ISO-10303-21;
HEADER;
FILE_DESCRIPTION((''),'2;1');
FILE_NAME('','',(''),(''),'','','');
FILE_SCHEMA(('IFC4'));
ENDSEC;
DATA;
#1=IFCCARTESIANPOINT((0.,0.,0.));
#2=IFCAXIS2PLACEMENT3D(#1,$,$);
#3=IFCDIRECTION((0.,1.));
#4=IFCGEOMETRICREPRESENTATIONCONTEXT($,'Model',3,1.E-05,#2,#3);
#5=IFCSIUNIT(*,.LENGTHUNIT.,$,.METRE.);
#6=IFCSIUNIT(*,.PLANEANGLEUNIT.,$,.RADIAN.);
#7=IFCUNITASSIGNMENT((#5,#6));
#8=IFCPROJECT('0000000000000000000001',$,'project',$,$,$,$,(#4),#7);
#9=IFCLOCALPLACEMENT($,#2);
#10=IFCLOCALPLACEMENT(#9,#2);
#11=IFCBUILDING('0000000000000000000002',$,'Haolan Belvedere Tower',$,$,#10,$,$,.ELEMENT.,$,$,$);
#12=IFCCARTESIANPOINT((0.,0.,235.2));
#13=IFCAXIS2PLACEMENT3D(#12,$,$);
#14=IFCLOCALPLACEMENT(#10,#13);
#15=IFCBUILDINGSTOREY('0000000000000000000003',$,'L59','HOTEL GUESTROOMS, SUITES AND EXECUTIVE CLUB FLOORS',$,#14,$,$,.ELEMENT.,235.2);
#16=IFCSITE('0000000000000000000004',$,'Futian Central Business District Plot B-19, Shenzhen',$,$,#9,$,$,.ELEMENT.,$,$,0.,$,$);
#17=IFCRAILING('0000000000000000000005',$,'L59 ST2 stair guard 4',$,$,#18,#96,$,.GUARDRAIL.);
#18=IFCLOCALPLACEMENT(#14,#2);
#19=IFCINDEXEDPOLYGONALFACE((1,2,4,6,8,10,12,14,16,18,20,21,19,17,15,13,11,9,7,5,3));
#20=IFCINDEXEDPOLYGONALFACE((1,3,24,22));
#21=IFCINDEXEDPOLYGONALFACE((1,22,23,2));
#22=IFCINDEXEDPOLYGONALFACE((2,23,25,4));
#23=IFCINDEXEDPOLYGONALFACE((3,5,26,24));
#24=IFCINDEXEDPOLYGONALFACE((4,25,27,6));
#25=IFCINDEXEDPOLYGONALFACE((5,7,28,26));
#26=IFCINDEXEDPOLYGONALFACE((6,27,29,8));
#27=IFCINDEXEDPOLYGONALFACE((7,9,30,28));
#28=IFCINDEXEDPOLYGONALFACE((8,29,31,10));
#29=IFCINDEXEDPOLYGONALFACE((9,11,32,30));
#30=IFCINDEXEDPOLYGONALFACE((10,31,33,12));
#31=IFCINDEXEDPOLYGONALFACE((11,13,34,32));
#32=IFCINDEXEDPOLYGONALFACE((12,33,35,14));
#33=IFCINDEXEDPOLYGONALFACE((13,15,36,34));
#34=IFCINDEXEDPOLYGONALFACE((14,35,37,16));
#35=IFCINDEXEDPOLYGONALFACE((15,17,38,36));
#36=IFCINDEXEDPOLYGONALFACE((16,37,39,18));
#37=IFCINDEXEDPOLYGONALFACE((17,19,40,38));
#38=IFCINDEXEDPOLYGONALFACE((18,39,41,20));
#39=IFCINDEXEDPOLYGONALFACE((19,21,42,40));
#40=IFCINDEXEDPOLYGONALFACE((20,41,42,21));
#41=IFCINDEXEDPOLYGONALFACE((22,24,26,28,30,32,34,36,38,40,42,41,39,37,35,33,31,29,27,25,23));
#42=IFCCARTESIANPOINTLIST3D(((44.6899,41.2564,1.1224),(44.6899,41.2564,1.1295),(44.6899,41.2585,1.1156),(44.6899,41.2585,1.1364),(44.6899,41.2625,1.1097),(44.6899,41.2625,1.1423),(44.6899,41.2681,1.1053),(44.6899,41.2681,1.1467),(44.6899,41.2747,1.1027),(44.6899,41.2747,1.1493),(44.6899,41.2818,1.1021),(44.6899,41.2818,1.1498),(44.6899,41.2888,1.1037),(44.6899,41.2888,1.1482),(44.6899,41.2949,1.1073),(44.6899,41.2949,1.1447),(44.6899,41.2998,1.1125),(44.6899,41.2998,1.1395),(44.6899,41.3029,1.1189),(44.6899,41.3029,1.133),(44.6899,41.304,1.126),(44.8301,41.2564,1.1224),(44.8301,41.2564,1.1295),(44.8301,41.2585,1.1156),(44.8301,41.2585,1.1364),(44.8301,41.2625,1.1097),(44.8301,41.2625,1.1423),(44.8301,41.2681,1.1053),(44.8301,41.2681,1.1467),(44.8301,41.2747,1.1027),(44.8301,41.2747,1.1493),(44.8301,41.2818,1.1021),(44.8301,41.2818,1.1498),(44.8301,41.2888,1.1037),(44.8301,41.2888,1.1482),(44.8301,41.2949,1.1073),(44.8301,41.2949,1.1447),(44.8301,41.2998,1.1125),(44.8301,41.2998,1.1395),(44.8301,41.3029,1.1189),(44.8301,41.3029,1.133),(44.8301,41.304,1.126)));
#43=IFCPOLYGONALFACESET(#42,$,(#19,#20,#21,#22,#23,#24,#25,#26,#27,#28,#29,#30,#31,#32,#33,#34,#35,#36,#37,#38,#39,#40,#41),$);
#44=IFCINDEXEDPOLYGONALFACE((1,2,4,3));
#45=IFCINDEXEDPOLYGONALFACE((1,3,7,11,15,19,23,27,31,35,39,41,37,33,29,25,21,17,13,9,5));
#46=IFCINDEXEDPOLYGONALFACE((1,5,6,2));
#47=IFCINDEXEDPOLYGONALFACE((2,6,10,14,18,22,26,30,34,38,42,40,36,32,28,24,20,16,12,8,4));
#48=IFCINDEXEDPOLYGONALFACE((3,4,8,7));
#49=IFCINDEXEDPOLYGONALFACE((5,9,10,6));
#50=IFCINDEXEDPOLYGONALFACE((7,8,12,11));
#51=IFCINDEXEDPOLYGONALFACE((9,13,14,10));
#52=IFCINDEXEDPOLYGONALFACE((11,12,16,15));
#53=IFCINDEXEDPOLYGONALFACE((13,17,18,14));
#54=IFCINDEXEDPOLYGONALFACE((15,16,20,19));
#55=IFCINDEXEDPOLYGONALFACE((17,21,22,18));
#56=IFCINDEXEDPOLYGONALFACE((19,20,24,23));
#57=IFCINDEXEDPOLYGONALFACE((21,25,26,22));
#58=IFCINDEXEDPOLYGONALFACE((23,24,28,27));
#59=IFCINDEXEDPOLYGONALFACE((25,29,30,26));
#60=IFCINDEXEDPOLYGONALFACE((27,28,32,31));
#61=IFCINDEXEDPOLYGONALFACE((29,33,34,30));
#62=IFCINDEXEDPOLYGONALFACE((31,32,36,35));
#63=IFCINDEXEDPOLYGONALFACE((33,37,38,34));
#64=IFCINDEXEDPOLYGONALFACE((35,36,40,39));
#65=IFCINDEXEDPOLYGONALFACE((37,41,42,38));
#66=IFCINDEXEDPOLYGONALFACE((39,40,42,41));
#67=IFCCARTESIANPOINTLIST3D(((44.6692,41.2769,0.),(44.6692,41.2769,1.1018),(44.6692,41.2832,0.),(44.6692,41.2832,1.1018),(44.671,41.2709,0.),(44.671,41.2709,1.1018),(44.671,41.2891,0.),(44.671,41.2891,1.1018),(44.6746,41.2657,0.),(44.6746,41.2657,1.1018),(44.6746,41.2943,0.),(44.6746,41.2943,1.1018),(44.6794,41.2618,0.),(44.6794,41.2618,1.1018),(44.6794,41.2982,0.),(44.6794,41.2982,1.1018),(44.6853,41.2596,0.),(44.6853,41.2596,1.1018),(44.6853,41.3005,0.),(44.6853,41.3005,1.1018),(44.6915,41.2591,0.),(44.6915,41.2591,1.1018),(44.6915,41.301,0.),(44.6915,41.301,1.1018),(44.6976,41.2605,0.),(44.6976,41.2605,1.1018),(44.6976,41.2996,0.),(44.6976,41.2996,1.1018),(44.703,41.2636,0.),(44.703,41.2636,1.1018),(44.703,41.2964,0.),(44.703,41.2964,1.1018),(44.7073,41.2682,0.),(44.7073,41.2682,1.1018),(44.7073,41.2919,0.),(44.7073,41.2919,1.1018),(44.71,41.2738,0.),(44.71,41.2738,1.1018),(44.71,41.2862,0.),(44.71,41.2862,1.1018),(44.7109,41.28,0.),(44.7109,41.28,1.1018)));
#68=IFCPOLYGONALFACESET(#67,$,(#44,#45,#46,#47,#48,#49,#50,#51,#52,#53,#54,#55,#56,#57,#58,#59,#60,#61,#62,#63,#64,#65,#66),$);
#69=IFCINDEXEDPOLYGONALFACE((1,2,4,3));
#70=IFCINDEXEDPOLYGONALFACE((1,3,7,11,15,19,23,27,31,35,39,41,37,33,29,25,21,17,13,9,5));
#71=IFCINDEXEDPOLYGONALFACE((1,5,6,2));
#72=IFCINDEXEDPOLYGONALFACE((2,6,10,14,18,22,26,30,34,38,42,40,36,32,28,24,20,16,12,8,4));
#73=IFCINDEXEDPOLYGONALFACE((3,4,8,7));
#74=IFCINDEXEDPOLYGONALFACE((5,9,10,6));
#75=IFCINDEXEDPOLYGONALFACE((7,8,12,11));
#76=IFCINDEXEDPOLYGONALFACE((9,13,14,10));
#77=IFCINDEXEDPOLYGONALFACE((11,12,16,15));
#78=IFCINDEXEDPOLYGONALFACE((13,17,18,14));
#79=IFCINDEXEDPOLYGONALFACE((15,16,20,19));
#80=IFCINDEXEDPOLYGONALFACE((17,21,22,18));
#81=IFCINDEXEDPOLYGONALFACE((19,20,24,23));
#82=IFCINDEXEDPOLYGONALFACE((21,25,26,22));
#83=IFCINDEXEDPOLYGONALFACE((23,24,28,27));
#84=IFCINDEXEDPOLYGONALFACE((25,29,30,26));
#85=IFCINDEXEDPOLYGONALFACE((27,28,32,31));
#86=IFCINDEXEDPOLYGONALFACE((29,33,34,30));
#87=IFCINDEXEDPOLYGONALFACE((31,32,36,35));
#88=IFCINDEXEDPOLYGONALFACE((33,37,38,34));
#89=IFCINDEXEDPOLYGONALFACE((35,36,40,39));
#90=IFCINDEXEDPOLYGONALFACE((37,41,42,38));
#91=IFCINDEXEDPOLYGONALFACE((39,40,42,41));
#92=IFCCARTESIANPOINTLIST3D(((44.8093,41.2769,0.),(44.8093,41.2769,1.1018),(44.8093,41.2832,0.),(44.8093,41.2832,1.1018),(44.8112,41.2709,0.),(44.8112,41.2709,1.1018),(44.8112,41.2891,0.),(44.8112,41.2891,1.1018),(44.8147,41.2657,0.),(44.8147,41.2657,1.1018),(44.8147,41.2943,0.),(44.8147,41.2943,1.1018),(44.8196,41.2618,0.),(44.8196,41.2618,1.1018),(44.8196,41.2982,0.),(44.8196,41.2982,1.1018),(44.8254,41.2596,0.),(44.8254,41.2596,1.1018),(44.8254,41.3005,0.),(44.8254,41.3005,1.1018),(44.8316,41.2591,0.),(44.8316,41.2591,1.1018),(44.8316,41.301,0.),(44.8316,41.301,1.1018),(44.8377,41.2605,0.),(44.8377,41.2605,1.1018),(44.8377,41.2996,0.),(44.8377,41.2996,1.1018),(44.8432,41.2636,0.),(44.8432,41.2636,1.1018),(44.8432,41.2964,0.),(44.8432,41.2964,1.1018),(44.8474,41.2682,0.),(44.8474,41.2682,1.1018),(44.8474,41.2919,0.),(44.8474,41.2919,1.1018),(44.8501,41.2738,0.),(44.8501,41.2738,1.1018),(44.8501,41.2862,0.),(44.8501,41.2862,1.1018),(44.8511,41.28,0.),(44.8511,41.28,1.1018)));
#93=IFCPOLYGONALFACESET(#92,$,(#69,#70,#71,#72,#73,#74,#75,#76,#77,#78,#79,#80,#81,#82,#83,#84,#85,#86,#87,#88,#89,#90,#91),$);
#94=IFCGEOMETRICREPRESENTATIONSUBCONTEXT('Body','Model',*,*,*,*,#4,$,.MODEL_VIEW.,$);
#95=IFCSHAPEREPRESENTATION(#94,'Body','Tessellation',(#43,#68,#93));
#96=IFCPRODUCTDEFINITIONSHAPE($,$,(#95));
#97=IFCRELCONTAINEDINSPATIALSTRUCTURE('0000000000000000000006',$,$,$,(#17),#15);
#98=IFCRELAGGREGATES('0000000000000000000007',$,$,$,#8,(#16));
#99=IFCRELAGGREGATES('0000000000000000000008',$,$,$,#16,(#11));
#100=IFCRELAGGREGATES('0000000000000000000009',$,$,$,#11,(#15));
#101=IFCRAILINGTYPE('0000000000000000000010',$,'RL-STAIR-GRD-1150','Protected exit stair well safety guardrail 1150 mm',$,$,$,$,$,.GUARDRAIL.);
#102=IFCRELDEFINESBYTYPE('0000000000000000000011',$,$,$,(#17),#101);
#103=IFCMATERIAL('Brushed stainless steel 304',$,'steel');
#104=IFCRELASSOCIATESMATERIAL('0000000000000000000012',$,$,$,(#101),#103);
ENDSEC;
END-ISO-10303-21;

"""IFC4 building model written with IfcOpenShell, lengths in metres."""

from ifc_helpers import new_model, si_unit, direction, frame, origin, origin_2d, place, context, subcontext, project, spatial, circle, extrude, material, type_object, element, save


model = new_model("IFC4")

# Units and contexts
model_context = context("Model", 3, precision=1e-05, world=origin(), true_north=direction((0.0, 1.0)))
body_context = subcontext(model_context, "Body", "Model", "MODEL_VIEW")
ifc_project = project(units=[si_unit("LENGTHUNIT", "METRE"), si_unit("PLANEANGLEUNIT", "RADIAN")], contexts=[model_context])

# Site, building, storey
site_placement = place(None, origin())
site = spatial("IfcSite", under=ifc_project, at=site_placement, Name="Futian Central Business District Plot B-19, Shenzhen", CompositionType="ELEMENT", RefElevation=0.0)
building_placement = place(site_placement, origin())
building = spatial("IfcBuilding", under=site, at=building_placement, Name="Haolan Belvedere Tower", CompositionType="ELEMENT")
storey_placement = place(building_placement, frame((0.0, 0.0, 235.2)))
storey = spatial("IfcBuildingStorey", under=building, at=storey_placement, Name="L59", Description="HOTEL GUESTROOMS, SUITES AND EXECUTIVE CLUB FLOORS", CompositionType="ELEMENT", Elevation=235.2)

# Railing
ifc_material_1 = material(Name="Brushed stainless steel 304", Category="steel")
railing_type_1 = type_object("IfcRailingType", Name="RL-STAIR-GRD-1150", Description="Protected exit stair well safety guardrail 1150 mm", PredefinedType="GUARDRAIL", material=ifc_material_1)
railing_1_placement = place(storey_placement, frame((44.6899, 41.28, 0.0)))
element("IfcRailing", 1, at=railing_1_placement, inside=storey, type_object=railing_type_1, Name="L59 ST2 stair guard 4", PredefinedType="GUARDRAIL", context=body_context, shape_type="SweptSolid", body=[
    extrude(circle(Radius=0.0239, at=origin_2d()), frame((0.0, 0.0, 1.126), z_axis=(1.0, 0.0, 0.0), x_axis=(0.0, 1.0, 0.0)), (0.0, 0.0, 1.0), 0.1401),
    extrude(circle(Radius=0.021, at=origin_2d()), origin(), (0.0, 0.0, 1.0), 1.1018),
    extrude(circle(Radius=0.021, at=origin_2d()), frame((0.1401, 0.0, 0.0)), (0.0, 0.0, 1.0), 1.1018),
])

save(model, "model.ifc")
